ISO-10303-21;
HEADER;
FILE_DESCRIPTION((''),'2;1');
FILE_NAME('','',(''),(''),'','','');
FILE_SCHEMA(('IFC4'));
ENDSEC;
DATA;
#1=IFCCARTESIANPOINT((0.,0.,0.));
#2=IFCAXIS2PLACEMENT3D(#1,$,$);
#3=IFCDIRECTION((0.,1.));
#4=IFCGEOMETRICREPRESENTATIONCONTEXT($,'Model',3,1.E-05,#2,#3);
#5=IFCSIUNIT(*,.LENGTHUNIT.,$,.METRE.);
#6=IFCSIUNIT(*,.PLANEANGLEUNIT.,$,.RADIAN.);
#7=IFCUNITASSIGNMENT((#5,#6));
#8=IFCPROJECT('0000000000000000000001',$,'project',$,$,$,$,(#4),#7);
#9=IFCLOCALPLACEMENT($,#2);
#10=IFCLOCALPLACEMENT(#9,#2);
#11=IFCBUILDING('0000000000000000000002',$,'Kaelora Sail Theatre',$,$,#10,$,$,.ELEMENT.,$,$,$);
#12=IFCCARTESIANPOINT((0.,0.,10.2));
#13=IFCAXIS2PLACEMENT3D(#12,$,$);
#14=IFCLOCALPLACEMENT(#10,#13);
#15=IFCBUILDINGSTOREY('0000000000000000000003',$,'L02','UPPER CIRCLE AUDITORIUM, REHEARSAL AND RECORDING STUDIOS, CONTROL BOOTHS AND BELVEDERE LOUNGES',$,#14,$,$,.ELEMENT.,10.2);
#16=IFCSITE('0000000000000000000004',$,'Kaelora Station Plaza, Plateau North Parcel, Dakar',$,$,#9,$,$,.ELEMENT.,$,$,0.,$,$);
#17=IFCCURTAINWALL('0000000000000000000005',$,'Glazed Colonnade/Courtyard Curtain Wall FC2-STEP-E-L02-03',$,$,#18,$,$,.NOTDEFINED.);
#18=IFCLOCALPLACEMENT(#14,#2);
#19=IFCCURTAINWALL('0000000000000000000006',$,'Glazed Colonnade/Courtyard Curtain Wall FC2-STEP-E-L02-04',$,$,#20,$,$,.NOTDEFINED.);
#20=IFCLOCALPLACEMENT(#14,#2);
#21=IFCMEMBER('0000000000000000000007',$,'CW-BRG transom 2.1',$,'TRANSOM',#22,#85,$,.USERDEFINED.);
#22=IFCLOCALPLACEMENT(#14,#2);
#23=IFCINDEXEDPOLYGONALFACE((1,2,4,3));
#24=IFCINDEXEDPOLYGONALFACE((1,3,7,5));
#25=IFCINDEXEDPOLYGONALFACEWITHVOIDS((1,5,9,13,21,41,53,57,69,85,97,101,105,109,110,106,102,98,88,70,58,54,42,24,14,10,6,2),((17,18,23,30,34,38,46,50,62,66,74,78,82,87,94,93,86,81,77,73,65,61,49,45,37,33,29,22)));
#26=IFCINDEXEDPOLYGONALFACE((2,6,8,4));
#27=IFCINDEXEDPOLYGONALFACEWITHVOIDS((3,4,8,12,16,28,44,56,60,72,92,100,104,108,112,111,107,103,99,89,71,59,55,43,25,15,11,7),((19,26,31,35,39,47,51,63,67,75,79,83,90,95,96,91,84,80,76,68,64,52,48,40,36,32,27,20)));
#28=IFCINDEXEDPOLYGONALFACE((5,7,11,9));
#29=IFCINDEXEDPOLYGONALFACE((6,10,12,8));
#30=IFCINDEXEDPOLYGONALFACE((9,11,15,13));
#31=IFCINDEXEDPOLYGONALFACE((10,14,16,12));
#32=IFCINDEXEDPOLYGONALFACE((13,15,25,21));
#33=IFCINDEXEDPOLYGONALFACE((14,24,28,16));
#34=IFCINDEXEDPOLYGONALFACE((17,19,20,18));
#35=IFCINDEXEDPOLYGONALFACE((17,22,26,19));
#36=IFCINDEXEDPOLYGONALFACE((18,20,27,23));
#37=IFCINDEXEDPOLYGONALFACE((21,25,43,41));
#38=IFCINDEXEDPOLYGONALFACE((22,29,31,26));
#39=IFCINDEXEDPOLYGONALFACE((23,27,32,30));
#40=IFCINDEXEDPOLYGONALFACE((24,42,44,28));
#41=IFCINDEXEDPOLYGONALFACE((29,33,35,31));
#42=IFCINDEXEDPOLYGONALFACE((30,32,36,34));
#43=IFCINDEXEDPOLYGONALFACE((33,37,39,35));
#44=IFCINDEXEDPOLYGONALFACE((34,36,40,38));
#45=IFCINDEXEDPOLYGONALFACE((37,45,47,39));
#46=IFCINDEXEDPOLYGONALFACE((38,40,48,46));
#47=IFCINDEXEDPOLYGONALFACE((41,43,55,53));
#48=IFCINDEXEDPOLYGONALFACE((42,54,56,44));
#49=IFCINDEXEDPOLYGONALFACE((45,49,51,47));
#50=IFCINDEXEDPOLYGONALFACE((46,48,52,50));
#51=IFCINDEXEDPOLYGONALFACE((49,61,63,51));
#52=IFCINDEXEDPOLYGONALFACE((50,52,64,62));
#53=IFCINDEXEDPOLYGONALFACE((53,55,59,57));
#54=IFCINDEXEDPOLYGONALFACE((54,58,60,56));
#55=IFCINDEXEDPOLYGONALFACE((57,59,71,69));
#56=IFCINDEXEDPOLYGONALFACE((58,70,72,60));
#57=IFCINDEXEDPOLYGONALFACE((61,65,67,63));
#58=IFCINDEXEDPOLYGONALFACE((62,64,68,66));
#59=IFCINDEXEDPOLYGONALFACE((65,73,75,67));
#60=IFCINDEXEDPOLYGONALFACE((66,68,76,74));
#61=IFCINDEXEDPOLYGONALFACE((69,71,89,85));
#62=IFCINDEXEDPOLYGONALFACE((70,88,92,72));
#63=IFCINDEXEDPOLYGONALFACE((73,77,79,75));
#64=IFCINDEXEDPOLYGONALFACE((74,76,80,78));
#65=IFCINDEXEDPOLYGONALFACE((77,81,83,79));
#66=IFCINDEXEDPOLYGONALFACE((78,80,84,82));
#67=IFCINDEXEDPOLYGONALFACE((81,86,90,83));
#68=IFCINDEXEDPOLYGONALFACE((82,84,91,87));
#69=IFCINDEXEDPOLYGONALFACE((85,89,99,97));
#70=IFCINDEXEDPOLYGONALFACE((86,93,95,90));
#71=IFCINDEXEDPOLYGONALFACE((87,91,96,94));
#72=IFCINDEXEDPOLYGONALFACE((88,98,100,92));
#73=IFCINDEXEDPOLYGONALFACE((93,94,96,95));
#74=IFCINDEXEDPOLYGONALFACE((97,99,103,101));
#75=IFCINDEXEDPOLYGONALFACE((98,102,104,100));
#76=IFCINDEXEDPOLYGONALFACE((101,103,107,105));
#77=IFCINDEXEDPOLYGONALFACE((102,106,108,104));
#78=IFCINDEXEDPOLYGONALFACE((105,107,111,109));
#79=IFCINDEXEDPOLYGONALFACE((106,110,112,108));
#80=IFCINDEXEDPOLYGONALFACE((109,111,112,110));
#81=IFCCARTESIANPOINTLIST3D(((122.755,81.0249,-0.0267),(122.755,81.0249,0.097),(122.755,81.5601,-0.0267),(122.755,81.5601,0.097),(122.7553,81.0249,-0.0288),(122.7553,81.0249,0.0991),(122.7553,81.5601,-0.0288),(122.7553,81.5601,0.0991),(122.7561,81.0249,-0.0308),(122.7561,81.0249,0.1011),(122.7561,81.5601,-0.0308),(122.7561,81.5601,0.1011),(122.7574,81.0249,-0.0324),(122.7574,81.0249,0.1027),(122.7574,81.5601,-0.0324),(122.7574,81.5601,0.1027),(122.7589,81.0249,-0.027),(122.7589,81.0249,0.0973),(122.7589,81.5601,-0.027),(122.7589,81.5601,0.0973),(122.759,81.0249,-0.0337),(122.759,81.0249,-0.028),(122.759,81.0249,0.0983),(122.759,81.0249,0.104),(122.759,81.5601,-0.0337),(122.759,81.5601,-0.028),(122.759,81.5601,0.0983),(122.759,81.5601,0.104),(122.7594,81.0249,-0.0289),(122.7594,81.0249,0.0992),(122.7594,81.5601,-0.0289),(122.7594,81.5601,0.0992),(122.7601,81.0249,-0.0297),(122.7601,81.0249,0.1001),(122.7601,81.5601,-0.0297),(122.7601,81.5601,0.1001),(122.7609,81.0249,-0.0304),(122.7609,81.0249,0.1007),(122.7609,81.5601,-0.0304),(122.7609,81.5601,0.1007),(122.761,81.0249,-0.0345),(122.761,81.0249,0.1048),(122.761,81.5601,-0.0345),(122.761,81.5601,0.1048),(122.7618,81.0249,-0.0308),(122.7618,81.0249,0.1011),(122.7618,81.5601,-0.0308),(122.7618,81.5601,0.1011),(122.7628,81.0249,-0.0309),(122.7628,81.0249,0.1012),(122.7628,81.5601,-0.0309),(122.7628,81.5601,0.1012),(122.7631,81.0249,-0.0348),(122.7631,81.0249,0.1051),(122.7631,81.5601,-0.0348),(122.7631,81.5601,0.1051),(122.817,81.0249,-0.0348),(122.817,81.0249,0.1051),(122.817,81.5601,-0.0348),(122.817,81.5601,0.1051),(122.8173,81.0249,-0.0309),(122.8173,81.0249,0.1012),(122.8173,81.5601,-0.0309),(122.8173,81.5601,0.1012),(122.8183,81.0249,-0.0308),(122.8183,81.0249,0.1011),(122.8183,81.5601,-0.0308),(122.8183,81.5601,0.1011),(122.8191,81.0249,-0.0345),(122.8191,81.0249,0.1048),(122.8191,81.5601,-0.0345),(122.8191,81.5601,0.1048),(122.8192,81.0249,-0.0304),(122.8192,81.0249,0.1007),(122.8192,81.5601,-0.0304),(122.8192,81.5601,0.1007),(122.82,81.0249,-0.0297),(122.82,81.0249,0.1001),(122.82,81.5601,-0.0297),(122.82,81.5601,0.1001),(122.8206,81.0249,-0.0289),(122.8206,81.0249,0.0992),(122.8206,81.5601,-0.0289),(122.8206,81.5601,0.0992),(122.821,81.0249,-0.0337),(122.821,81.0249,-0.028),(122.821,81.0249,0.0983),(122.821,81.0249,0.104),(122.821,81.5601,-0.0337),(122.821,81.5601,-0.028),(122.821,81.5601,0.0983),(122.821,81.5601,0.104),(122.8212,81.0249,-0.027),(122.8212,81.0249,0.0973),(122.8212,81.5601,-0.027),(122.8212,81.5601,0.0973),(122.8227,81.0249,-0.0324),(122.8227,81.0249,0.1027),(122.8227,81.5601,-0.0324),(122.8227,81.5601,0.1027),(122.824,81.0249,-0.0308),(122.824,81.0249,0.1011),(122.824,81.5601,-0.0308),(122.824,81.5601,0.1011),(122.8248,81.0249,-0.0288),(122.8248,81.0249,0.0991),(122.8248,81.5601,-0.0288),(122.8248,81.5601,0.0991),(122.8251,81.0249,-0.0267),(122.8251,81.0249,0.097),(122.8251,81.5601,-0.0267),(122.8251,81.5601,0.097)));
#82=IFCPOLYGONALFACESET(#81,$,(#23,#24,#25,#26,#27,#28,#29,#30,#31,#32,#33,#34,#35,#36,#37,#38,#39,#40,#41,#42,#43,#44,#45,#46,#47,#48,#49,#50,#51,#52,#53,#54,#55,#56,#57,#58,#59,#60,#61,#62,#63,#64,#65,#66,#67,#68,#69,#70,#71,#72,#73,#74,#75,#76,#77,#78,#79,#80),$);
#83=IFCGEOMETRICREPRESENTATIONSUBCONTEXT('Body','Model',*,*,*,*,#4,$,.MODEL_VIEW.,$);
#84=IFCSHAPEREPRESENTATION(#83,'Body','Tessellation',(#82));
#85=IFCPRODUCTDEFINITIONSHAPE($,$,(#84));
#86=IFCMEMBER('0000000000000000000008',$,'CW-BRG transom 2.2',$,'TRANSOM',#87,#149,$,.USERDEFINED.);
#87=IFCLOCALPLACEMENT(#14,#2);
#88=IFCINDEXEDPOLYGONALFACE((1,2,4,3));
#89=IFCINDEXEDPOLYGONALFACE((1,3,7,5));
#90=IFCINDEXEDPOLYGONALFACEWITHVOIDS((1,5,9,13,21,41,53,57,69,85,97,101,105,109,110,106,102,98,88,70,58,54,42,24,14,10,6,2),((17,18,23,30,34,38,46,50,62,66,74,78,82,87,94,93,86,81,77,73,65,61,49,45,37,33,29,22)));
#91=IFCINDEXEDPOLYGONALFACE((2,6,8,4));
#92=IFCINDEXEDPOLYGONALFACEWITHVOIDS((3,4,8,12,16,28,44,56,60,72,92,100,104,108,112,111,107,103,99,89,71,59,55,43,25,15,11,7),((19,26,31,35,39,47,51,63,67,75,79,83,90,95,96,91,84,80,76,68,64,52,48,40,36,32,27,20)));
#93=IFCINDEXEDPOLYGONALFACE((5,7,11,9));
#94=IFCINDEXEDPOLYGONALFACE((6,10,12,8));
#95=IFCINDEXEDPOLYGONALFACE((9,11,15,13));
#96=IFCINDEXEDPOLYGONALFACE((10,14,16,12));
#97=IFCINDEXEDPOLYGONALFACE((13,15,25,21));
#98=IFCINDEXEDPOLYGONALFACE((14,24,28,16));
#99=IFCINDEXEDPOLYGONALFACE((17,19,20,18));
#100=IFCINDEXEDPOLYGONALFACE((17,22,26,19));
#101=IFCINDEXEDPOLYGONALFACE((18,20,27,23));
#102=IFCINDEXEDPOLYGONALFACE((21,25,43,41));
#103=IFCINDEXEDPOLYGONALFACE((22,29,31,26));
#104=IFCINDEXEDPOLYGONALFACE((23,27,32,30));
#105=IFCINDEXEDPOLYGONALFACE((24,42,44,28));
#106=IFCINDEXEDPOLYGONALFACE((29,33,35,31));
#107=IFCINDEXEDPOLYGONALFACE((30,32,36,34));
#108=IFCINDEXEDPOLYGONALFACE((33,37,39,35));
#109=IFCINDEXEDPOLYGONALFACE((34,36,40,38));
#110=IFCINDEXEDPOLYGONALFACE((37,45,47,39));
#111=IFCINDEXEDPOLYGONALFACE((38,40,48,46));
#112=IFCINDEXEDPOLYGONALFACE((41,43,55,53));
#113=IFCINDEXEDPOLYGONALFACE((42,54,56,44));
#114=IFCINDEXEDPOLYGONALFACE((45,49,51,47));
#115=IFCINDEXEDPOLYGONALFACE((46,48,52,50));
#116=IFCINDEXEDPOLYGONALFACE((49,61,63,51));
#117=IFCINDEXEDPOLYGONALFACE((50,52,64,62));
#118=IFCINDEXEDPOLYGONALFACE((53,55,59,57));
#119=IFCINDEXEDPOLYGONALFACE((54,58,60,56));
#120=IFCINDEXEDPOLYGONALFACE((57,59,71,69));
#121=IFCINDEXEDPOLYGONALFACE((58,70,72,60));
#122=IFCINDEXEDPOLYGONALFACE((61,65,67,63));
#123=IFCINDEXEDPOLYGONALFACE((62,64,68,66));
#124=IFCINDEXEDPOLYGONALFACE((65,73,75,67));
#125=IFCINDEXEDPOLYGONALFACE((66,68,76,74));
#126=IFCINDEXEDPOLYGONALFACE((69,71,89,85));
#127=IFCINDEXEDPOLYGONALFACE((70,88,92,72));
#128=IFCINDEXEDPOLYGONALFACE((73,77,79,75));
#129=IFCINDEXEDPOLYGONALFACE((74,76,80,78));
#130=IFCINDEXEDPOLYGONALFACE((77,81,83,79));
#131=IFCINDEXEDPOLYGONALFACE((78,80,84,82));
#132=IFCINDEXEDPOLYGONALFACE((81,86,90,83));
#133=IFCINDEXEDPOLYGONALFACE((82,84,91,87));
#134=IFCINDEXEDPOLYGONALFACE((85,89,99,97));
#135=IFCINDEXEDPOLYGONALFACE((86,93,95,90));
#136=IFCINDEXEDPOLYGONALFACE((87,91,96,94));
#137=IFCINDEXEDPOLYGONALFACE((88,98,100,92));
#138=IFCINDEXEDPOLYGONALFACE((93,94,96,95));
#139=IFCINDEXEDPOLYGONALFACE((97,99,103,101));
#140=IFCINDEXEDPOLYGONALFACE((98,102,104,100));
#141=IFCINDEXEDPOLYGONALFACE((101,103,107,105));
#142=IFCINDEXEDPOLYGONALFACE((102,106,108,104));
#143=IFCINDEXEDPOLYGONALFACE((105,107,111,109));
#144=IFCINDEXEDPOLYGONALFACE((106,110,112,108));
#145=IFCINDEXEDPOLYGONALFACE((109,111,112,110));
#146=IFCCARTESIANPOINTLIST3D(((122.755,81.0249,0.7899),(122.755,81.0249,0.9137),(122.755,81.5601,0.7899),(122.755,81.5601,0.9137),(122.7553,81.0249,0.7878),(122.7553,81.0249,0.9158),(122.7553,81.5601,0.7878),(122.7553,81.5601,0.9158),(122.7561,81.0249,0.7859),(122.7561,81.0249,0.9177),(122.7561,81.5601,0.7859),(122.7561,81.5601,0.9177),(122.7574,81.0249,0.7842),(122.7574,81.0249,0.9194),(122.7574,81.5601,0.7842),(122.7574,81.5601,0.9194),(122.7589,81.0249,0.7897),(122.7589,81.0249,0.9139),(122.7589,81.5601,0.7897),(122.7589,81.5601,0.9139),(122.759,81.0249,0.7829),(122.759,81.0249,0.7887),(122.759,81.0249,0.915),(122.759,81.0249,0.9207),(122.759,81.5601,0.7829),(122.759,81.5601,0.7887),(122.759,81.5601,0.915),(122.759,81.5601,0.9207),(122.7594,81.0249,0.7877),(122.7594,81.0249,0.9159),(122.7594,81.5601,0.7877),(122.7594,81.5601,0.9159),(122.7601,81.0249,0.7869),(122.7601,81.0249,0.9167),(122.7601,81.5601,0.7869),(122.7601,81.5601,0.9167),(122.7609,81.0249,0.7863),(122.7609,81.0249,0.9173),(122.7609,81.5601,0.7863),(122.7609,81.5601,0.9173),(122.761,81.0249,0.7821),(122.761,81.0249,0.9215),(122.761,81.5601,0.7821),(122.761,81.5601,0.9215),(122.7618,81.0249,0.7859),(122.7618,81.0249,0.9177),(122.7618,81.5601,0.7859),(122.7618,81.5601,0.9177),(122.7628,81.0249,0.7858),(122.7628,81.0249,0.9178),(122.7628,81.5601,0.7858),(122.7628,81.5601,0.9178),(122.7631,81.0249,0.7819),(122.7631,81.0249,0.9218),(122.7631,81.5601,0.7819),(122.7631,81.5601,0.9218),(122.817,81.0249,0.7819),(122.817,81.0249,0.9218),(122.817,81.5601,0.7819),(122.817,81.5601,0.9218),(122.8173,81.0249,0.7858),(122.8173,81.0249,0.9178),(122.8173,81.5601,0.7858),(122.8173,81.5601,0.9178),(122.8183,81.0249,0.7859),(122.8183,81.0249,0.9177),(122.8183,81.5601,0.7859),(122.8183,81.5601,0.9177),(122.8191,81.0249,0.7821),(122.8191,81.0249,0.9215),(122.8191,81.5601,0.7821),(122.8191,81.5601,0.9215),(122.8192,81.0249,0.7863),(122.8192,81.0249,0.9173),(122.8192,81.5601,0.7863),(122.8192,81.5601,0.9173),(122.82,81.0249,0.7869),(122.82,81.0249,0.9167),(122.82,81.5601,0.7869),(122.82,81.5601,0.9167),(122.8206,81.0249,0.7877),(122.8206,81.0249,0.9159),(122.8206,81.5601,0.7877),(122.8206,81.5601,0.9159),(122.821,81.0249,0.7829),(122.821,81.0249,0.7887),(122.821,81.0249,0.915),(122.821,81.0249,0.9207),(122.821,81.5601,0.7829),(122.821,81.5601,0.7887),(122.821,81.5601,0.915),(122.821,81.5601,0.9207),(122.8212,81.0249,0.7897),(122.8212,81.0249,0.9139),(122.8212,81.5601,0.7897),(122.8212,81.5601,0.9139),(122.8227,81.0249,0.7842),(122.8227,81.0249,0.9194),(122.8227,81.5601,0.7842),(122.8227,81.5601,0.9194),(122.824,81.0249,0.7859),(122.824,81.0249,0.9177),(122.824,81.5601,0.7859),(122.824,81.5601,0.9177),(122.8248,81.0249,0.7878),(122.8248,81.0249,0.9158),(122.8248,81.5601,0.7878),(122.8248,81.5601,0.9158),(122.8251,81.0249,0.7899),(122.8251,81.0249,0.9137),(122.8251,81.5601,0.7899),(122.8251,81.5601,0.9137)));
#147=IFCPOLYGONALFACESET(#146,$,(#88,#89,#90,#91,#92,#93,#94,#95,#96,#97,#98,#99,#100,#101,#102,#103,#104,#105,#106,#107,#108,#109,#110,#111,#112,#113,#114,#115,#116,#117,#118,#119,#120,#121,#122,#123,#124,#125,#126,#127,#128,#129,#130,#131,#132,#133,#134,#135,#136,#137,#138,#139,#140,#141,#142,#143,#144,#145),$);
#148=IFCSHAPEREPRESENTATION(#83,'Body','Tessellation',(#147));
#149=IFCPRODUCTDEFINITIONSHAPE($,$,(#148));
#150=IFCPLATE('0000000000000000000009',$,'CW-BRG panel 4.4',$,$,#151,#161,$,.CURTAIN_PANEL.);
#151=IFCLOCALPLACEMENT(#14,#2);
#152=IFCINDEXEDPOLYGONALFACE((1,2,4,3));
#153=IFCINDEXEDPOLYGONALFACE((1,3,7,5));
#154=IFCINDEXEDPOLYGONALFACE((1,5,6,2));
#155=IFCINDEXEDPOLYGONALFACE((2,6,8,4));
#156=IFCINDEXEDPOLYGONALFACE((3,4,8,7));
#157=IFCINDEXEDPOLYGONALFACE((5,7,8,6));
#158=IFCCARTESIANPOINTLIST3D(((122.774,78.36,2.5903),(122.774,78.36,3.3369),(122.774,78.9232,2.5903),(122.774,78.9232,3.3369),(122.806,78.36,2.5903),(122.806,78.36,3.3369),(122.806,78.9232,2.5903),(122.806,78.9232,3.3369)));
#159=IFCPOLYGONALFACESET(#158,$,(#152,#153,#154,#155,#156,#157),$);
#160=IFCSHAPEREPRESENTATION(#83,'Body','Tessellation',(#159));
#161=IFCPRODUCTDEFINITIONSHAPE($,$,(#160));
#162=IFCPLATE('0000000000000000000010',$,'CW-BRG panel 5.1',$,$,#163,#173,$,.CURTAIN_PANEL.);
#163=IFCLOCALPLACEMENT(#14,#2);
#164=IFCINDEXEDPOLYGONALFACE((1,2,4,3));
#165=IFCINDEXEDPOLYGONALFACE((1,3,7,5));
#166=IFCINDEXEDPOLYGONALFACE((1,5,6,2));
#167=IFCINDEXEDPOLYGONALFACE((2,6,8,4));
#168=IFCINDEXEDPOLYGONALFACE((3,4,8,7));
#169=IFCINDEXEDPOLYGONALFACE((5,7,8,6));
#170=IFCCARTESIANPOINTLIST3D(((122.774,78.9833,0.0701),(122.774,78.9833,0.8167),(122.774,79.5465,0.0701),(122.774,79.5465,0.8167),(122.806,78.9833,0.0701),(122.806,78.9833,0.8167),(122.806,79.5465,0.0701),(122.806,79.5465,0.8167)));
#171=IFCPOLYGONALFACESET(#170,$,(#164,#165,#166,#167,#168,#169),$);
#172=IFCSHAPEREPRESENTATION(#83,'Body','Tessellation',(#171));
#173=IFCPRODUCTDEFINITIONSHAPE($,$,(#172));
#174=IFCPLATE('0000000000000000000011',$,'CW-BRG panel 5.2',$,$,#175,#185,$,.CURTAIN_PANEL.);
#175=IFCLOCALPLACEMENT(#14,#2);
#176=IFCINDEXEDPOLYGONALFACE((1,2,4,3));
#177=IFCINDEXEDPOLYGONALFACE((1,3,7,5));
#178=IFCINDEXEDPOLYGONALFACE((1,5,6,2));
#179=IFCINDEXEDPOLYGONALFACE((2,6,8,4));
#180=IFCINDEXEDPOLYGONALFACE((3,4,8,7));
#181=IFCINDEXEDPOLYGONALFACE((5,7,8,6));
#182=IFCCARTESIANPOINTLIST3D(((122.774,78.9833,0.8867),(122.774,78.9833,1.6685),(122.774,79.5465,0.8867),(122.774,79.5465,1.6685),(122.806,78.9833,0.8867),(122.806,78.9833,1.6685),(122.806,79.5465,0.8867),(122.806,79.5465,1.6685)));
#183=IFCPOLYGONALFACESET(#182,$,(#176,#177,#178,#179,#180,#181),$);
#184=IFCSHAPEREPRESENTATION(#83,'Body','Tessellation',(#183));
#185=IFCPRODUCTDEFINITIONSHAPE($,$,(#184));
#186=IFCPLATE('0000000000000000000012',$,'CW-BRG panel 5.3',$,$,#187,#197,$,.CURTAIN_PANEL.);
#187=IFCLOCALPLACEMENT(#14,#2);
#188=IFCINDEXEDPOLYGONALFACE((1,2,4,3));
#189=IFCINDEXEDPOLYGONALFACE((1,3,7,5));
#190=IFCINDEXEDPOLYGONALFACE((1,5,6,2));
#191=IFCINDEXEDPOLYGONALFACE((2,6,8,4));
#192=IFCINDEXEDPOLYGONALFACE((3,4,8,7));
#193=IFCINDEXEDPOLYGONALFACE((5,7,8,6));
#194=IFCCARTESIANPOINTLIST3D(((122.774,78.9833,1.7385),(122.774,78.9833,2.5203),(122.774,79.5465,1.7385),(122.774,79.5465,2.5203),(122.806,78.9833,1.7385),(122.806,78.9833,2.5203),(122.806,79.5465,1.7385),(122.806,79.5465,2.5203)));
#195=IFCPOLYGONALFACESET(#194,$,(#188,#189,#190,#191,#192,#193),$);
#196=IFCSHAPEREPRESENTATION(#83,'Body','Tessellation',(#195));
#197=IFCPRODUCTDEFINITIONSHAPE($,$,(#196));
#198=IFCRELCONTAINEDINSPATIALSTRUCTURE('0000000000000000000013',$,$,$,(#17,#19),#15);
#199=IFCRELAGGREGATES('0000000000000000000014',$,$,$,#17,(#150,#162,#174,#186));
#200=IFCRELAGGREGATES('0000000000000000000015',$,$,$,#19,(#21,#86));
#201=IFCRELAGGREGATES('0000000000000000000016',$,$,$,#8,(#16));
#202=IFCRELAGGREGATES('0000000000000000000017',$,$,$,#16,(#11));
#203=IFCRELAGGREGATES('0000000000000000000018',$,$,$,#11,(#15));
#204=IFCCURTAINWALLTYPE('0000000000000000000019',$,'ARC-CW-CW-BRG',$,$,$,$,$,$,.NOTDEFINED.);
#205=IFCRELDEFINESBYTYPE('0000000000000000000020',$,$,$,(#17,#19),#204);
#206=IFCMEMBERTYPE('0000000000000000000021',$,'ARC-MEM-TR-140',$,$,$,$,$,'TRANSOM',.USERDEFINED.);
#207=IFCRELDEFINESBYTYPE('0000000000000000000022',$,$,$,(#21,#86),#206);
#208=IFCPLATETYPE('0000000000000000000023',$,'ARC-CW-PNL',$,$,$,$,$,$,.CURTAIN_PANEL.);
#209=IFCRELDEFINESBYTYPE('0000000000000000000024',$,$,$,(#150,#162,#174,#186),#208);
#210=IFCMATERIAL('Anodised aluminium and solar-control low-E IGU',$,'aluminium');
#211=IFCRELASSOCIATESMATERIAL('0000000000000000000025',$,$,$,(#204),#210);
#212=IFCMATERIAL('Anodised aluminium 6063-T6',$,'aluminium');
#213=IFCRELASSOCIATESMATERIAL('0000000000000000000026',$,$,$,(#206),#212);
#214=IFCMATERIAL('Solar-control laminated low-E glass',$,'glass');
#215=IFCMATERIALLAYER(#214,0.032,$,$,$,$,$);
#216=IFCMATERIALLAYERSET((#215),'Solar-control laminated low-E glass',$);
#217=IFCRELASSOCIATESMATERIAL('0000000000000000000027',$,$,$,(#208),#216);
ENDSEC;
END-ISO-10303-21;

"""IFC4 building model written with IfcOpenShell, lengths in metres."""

from ifc_helpers import new_model, si_unit, direction, frame, origin, origin_2d, place, context, subcontext, project, spatial, rectangle, hollow_rectangle, extrude, material, layer, layer_set, material_profile, profile_set, type_object, element, aggregate, save


model = new_model("IFC4")

# Units and contexts
model_context = context("Model", 3, precision=1e-05, world=origin(), true_north=direction((0.0, 1.0)))
body_context = subcontext(model_context, "Body", "Model", "MODEL_VIEW")
ifc_project = project(units=[si_unit("LENGTHUNIT", "METRE"), si_unit("PLANEANGLEUNIT", "RADIAN")], contexts=[model_context])

# Site, building, storey
site_placement = place(None, origin())
site = spatial("IfcSite", under=ifc_project, at=site_placement, Name="Kaelora Station Plaza, Plateau North Parcel, Dakar", CompositionType="ELEMENT", RefElevation=0.0)
building_placement = place(site_placement, origin())
building = spatial("IfcBuilding", under=site, at=building_placement, Name="Kaelora Sail Theatre", CompositionType="ELEMENT")
storey_placement = place(building_placement, frame((0.0, 0.0, 10.2)))
storey = spatial("IfcBuildingStorey", under=building, at=storey_placement, Name="L02", Description="UPPER CIRCLE AUDITORIUM, REHEARSAL AND RECORDING STUDIOS, CONTROL BOOTHS AND BELVEDERE LOUNGES", CompositionType="ELEMENT", Elevation=10.2)

# Curtain walls
ifc_material_1 = material(Name="Anodised aluminium and solar-control low-E IGU", Category="aluminium")
curtain_wall_type = type_object("IfcCurtainWallType", Name="ARC-CW-CW-BRG", PredefinedType="NOTDEFINED", material=ifc_material_1)
curtain_wall_1_placement = place(storey_placement, origin())
curtain_wall_1 = element("IfcCurtainWall", 1, at=curtain_wall_1_placement, inside=storey, type_object=curtain_wall_type, Name="Glazed Colonnade/Courtyard Curtain Wall FC2-STEP-E-L02-03", PredefinedType="NOTDEFINED")
curtain_wall_2_placement = place(storey_placement, origin())
curtain_wall_2 = element("IfcCurtainWall", 2, at=curtain_wall_2_placement, inside=storey, type_object=curtain_wall_type, Name="Glazed Colonnade/Courtyard Curtain Wall FC2-STEP-E-L02-04", PredefinedType="NOTDEFINED")

# Members
ifc_material_2 = material(Name="Anodised aluminium 6063-T6", Category="aluminium")
ifc_material_profile_1 = material_profile(ifc_material_2, hollow_rectangle(XDim=0.0701, YDim=0.1399, WallThickness=0.0039, InnerFilletRadius=0.0039, OuterFilletRadius=0.0081, at=origin_2d()), Name="ALU-TRAN 70x140x4")
ifc_profile_set_1 = profile_set([ifc_material_profile_1], Name="Anodised aluminium 6063-T6")
member_type_1 = type_object("IfcMemberType", Name="ARC-MEM-TR-140", ElementType="TRANSOM", PredefinedType="USERDEFINED", material=ifc_profile_set_1)
member_1_placement = place(storey_placement, frame((122.79, 81.0249, 0.0352), z_axis=(0.0, 1.0, 0.0), x_axis=(-1.0, 0.0, 0.0)))
member_1 = element("IfcMember", 3, at=member_1_placement, type_object=member_type_1, Name="CW-BRG transom 2.1", ObjectType="TRANSOM", PredefinedType="USERDEFINED", context=body_context, shape_type="SweptSolid", body=[
    extrude(hollow_rectangle(XDim=0.0701, YDim=0.1399, WallThickness=0.0039, InnerFilletRadius=0.0039, OuterFilletRadius=0.0081, at=origin_2d()), origin(), (0.0, 0.0, 1.0), 0.5352),
])
member_2_placement = place(storey_placement, frame((122.79, 81.0249, 0.8518), z_axis=(0.0, 1.0, 0.0), x_axis=(-1.0, 0.0, 0.0)))
member_2 = element("IfcMember", 4, at=member_2_placement, type_object=member_type_1, Name="CW-BRG transom 2.2", ObjectType="TRANSOM", PredefinedType="USERDEFINED", context=body_context, shape_type="SweptSolid", body=[
    extrude(hollow_rectangle(XDim=0.0701, YDim=0.1399, WallThickness=0.0039, InnerFilletRadius=0.0039, OuterFilletRadius=0.0081, at=origin_2d()), origin(), (0.0, 0.0, 1.0), 0.5352),
])

# Plates
ifc_material_3 = material(Name="Solar-control laminated low-E glass", Category="glass")
ifc_layer = layer(ifc_material_3, 0.032)
ifc_layer_set = layer_set([ifc_layer], Name="Solar-control laminated low-E glass")
plate_type = type_object("IfcPlateType", Name="ARC-CW-PNL", PredefinedType="CURTAIN_PANEL", material=ifc_layer_set)
plate_1_placement = place(storey_placement, frame((122.79, 78.6416, 2.5903), z_axis=(0.0, 0.0, 1.0), x_axis=(0.0, 1.0, 0.0)))
plate_1 = element("IfcPlate", 5, at=plate_1_placement, type_object=plate_type, Name="CW-BRG panel 4.4", PredefinedType="CURTAIN_PANEL", context=body_context, shape_type="SweptSolid", body=[
    extrude(rectangle(XDim=0.5632, YDim=0.032, at=origin_2d()), origin(), (0.0, 0.0, 1.0), 0.7466),
])
plate_2_placement = place(storey_placement, frame((122.79, 79.2649, 0.0701), z_axis=(0.0, 0.0, 1.0), x_axis=(0.0, 1.0, 0.0)))
plate_2 = element("IfcPlate", 6, at=plate_2_placement, type_object=plate_type, Name="CW-BRG panel 5.1", PredefinedType="CURTAIN_PANEL", context=body_context, shape_type="SweptSolid", body=[
    extrude(rectangle(XDim=0.5632, YDim=0.032, at=origin_2d()), origin(), (0.0, 0.0, 1.0), 0.7466),
])
plate_3_placement = place(storey_placement, frame((122.79, 79.2649, 0.8867), z_axis=(0.0, 0.0, 1.0), x_axis=(0.0, 1.0, 0.0)))
plate_3 = element("IfcPlate", 7, at=plate_3_placement, type_object=plate_type, Name="CW-BRG panel 5.2", PredefinedType="CURTAIN_PANEL", context=body_context, shape_type="SweptSolid", body=[
    extrude(rectangle(XDim=0.5632, YDim=0.032, at=origin_2d()), origin(), (0.0, 0.0, 1.0), 0.7817),
])
plate_4_placement = place(storey_placement, frame((122.79, 79.2649, 1.7385), z_axis=(0.0, 0.0, 1.0), x_axis=(0.0, 1.0, 0.0)))
plate_4 = element("IfcPlate", 8, at=plate_4_placement, type_object=plate_type, Name="CW-BRG panel 5.3", PredefinedType="CURTAIN_PANEL", context=body_context, shape_type="SweptSolid", body=[
    extrude(rectangle(XDim=0.5632, YDim=0.032, at=origin_2d()), origin(), (0.0, 0.0, 1.0), 0.7817),
])
aggregate(curtain_wall_1, [plate_1, plate_2, plate_3, plate_4])
aggregate(curtain_wall_2, [member_1, member_2])

save(model, "model.ifc")
